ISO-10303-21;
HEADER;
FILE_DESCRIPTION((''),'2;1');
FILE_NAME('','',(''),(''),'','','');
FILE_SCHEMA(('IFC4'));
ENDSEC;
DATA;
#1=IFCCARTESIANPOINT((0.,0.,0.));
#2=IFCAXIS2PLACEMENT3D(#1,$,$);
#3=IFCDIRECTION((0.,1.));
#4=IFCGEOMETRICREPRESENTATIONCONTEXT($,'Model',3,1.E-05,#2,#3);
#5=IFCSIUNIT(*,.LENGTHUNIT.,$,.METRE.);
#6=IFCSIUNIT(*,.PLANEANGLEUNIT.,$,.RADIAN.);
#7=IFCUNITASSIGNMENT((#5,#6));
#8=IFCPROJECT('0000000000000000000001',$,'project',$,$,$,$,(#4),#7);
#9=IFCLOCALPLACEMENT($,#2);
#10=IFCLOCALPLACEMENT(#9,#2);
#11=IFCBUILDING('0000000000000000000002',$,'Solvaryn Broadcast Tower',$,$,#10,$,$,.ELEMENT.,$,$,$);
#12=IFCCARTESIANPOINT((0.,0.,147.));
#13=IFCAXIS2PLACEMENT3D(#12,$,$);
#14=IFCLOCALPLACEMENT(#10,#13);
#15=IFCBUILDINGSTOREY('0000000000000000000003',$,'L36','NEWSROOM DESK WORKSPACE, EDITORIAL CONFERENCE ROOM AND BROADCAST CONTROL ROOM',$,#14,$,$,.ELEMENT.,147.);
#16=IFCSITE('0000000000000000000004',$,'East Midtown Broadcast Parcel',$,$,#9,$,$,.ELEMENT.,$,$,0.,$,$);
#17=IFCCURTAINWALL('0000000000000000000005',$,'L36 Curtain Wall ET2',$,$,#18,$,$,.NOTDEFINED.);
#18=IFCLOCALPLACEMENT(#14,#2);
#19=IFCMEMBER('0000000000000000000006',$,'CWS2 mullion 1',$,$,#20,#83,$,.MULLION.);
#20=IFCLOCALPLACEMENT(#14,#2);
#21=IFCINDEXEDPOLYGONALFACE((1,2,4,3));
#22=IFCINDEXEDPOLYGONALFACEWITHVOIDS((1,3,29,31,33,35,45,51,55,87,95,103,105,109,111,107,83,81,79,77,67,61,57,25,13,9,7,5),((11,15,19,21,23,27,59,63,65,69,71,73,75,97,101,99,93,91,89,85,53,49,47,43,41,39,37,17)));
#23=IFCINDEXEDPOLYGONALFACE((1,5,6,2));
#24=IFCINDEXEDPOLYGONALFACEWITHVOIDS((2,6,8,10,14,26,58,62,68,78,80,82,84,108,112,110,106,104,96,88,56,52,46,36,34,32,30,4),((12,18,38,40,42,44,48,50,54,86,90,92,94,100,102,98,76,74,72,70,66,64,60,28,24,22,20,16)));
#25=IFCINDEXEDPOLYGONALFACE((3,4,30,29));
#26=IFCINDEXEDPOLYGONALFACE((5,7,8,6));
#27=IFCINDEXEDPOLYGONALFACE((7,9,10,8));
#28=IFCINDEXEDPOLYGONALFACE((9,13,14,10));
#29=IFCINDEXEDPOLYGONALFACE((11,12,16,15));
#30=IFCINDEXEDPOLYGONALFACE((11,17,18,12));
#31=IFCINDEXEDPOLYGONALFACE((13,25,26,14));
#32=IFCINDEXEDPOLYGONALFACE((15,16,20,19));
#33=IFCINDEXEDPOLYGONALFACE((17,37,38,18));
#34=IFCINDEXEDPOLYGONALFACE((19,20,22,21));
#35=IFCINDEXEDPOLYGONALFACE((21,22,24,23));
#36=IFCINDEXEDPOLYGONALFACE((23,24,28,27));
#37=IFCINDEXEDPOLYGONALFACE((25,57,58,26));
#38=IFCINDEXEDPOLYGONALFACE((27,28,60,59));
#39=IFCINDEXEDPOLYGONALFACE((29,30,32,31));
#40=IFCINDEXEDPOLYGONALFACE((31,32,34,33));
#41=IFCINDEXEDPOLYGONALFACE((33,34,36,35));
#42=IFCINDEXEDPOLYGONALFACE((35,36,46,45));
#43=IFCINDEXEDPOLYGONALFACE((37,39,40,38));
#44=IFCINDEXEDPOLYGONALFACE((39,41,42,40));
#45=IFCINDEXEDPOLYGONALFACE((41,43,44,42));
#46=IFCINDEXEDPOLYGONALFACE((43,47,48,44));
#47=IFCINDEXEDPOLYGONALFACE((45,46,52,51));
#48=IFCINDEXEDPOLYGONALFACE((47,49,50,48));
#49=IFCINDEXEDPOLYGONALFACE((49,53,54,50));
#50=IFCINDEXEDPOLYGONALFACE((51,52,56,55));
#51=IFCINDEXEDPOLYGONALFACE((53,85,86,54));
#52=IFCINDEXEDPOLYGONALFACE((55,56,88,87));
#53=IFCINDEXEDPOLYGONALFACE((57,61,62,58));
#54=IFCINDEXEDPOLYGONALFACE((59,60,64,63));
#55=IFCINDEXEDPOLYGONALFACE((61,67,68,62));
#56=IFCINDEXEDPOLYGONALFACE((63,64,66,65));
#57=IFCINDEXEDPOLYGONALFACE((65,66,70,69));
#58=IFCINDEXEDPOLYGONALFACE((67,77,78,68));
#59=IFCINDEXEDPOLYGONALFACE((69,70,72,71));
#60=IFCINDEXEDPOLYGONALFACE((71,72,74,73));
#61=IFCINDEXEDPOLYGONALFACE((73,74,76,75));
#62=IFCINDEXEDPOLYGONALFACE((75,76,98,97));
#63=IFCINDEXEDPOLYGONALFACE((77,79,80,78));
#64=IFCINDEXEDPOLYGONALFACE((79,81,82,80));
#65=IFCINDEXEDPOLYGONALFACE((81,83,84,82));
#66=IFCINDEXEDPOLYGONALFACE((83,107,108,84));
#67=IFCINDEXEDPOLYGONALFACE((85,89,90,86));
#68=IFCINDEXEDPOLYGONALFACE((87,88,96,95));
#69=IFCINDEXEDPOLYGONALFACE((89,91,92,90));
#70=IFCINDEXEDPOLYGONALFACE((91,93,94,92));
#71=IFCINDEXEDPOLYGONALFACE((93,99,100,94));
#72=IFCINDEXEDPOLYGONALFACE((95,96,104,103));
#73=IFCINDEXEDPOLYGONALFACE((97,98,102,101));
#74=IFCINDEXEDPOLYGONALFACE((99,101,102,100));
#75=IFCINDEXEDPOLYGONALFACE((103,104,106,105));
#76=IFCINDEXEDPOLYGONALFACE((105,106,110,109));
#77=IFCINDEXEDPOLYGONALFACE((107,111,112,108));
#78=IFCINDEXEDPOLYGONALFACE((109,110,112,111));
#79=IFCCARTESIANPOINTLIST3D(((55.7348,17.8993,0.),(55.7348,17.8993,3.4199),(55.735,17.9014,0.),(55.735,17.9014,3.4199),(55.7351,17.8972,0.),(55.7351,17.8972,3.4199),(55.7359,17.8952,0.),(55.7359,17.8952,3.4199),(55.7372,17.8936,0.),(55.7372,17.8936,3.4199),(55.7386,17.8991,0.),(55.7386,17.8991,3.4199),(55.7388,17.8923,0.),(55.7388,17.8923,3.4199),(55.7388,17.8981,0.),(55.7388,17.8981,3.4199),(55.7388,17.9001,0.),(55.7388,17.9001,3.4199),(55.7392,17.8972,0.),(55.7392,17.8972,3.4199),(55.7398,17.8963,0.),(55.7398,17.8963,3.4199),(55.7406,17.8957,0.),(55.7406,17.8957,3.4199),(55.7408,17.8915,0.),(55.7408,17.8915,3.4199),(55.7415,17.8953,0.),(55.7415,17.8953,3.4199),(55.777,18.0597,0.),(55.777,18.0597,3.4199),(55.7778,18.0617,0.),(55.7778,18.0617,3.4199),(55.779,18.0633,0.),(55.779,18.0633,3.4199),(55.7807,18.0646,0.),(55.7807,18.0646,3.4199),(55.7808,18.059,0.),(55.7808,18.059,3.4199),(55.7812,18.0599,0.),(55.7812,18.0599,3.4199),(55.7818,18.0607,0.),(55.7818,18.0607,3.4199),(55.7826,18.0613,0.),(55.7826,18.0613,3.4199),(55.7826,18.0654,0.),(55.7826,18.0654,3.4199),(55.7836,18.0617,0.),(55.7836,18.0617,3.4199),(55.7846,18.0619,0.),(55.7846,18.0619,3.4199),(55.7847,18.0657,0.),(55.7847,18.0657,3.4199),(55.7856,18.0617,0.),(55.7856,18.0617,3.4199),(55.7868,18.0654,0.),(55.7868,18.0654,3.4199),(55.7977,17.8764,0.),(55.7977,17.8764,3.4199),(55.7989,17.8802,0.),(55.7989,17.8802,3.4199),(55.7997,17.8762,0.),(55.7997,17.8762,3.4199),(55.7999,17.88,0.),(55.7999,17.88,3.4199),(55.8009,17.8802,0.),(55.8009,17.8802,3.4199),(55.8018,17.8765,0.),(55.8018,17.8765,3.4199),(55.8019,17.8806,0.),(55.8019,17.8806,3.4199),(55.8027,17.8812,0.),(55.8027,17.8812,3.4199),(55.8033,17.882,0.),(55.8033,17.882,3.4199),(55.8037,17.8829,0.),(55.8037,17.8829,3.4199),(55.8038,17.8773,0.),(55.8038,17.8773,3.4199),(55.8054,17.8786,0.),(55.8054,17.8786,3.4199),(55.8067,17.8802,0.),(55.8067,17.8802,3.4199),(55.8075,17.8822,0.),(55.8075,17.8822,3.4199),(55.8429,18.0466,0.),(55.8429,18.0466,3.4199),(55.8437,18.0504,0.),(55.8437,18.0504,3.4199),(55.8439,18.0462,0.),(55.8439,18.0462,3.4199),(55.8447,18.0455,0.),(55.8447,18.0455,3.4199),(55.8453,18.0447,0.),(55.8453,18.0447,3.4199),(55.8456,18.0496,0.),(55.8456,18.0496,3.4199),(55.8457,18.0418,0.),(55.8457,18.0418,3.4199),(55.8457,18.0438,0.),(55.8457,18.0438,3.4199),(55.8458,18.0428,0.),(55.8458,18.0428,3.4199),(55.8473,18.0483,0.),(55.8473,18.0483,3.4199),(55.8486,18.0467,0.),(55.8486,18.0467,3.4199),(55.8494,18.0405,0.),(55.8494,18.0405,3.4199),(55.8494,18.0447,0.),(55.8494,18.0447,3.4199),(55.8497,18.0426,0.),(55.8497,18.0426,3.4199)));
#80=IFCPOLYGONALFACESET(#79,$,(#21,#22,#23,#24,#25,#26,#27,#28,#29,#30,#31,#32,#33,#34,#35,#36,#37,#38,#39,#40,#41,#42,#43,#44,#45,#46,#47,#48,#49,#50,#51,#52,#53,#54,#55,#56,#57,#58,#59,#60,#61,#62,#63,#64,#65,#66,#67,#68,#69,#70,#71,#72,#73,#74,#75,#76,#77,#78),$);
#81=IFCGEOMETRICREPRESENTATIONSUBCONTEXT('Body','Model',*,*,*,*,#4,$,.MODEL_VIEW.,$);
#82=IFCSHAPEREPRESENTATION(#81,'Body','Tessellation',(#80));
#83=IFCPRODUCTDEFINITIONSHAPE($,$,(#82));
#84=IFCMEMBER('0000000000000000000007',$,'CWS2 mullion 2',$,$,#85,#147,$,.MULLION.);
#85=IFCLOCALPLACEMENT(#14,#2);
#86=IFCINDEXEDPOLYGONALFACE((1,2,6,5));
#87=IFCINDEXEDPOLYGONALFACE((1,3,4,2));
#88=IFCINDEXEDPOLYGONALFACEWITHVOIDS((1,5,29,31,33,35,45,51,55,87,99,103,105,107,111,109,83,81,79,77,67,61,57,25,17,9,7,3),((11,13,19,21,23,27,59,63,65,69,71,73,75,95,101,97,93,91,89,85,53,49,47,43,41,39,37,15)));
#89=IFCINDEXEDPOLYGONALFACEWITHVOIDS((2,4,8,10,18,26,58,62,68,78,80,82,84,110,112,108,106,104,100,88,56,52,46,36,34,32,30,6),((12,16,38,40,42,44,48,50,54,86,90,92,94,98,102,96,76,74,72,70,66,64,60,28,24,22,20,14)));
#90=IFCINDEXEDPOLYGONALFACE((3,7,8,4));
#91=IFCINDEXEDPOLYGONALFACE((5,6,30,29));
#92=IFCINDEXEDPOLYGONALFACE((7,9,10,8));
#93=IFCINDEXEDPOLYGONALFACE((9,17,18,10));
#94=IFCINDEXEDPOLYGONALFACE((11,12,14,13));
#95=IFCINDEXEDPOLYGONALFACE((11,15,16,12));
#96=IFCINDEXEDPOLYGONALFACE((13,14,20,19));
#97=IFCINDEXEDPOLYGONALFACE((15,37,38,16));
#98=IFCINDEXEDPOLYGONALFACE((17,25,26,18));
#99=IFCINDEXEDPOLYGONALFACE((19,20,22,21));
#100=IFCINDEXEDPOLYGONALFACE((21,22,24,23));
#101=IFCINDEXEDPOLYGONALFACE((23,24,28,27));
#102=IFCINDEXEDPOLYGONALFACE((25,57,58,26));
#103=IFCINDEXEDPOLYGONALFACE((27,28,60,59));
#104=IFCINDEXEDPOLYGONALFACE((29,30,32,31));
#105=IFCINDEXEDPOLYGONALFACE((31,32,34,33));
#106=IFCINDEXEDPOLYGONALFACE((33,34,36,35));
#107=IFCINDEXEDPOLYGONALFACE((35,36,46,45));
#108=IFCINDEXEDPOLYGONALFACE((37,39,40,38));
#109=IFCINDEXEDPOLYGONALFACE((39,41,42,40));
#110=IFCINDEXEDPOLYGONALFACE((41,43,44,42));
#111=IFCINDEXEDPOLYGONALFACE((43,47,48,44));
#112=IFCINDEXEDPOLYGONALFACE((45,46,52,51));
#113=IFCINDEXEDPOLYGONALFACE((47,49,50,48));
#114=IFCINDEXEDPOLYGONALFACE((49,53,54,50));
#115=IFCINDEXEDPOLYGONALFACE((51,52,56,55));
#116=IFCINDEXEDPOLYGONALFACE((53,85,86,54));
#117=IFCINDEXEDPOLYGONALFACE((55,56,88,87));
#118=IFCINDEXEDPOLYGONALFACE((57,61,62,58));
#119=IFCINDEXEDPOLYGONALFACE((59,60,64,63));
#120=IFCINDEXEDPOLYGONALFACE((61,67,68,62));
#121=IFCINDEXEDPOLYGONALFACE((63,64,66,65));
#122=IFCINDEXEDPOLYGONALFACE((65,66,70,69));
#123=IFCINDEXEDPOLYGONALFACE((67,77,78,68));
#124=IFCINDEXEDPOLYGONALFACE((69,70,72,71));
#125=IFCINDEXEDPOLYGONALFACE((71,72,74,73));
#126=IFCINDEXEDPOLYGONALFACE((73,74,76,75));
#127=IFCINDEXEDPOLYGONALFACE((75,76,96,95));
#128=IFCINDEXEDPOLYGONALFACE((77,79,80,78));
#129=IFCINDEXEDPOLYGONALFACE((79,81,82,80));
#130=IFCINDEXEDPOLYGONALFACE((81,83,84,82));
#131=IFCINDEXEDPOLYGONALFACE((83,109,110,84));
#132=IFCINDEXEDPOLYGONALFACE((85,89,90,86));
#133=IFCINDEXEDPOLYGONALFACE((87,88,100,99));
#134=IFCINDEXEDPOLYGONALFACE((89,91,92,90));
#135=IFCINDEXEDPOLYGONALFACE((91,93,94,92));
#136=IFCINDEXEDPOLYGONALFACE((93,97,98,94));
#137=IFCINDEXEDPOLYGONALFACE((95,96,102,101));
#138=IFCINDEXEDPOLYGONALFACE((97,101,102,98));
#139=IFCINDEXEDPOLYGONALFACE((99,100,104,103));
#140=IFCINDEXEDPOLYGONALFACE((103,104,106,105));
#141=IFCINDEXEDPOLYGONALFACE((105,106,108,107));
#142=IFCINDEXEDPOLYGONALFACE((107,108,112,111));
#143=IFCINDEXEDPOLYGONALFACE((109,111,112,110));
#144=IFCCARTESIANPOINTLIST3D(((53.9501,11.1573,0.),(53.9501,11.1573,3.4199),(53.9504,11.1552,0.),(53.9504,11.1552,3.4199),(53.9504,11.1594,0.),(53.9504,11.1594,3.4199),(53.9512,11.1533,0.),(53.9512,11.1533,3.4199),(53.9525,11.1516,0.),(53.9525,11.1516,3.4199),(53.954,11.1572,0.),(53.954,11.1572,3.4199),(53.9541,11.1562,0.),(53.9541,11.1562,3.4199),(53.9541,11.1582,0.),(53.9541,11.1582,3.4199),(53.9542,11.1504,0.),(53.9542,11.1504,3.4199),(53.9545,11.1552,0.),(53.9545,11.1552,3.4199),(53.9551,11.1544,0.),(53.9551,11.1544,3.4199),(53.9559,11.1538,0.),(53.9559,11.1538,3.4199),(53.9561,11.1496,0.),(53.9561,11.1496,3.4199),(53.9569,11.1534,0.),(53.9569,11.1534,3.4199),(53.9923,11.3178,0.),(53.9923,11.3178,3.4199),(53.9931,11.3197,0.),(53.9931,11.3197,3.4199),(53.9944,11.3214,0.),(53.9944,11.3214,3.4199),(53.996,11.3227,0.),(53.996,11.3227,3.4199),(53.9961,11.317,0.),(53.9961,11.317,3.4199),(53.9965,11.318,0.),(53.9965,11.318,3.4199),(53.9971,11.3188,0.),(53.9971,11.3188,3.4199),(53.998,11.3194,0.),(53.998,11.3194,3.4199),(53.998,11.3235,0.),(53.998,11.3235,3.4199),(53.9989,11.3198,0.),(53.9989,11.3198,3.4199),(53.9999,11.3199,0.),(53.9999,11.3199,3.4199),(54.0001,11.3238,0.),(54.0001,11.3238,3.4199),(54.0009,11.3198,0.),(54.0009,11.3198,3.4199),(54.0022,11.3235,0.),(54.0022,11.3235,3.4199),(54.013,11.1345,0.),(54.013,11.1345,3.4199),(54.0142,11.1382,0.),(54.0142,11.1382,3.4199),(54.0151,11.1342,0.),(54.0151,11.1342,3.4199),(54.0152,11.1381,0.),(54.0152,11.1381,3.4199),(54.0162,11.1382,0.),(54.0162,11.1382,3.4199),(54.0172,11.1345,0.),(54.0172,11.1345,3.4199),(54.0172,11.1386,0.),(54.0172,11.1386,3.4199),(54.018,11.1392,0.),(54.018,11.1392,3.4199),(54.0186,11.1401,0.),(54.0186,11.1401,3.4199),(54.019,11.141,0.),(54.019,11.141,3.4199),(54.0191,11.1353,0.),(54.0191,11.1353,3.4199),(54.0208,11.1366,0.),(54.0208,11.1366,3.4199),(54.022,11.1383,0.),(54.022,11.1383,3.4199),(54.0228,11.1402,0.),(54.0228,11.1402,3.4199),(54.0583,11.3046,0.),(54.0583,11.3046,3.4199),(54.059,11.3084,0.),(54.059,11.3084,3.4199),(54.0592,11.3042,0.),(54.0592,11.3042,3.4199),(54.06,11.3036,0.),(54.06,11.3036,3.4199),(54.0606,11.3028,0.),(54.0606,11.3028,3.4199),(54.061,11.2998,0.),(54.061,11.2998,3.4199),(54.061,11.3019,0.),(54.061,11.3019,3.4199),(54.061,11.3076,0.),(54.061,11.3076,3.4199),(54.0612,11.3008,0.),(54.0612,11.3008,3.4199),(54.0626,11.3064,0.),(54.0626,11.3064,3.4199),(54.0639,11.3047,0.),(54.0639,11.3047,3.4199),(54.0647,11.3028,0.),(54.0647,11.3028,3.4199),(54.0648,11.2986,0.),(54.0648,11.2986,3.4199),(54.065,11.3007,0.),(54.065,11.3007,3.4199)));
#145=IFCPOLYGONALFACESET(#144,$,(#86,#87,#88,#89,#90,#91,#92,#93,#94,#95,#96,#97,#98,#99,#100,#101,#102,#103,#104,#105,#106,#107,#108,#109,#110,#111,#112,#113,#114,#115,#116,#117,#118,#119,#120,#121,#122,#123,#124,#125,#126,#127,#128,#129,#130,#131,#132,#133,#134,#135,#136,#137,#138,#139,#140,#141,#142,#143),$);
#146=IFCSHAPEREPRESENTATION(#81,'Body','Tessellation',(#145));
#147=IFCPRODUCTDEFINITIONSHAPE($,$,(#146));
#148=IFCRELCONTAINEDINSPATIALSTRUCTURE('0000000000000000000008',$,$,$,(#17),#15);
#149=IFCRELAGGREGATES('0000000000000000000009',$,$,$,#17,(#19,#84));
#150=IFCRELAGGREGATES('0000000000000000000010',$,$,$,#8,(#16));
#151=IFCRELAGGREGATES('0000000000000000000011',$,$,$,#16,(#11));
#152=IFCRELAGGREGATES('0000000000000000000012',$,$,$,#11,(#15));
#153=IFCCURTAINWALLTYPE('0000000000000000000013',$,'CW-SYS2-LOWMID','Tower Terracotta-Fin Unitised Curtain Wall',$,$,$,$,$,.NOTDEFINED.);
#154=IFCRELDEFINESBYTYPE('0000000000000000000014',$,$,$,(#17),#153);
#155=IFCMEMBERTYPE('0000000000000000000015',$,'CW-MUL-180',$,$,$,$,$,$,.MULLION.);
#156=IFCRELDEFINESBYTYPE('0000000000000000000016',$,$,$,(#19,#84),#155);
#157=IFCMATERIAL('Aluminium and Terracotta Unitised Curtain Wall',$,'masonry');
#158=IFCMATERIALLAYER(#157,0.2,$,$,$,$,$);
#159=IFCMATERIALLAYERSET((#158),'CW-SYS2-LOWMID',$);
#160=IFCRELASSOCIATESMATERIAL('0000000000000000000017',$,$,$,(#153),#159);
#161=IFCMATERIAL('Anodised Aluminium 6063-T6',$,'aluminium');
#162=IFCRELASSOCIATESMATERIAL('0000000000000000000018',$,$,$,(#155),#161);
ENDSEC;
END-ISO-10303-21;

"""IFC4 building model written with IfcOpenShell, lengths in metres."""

from ifc_helpers import new_model, si_unit, direction, frame, origin, origin_2d, place, context, subcontext, project, spatial, hollow_rectangle, extrude, material, layer, layer_set, material_profile, profile_set, type_object, element, aggregate, save


model = new_model("IFC4")

# Units and contexts
model_context = context("Model", 3, precision=1e-05, world=origin(), true_north=direction((0.0, 1.0)))
body_context = subcontext(model_context, "Body", "Model", "MODEL_VIEW")
ifc_project = project(units=[si_unit("LENGTHUNIT", "METRE"), si_unit("PLANEANGLEUNIT", "RADIAN")], contexts=[model_context])

# Site, building, storey
site_placement = place(None, origin())
site = spatial("IfcSite", under=ifc_project, at=site_placement, Name="East Midtown Broadcast Parcel", CompositionType="ELEMENT", RefElevation=0.0)
building_placement = place(site_placement, origin())
building = spatial("IfcBuilding", under=site, at=building_placement, Name="Solvaryn Broadcast Tower", CompositionType="ELEMENT")
storey_placement = place(building_placement, frame((0.0, 0.0, 147.0)))
storey = spatial("IfcBuildingStorey", under=building, at=storey_placement, Name="L36", Description="NEWSROOM DESK WORKSPACE, EDITORIAL CONFERENCE ROOM AND BROADCAST CONTROL ROOM", CompositionType="ELEMENT", Elevation=147.0)

# Shared definitions
ifc_material_1 = material(Name="Aluminium and Terracotta Unitised Curtain Wall", Category="masonry")
ifc_layer_1 = layer(ifc_material_1, 0.2)
ifc_layer_set_1 = layer_set([ifc_layer_1], Name="CW-SYS2-LOWMID")
curtain_wall_type = type_object("IfcCurtainWallType", Name="CW-SYS2-LOWMID", Description="Tower Terracotta-Fin Unitised Curtain Wall", PredefinedType="NOTDEFINED", material=ifc_layer_set_1)
ifc_material_2 = material(Name="Anodised Aluminium 6063-T6", Category="aluminium")
ifc_material_profile_1 = material_profile(ifc_material_2, hollow_rectangle(XDim=0.075, YDim=0.1799, WallThickness=0.0039, InnerFilletRadius=0.0039, OuterFilletRadius=0.0081, at=origin_2d()))
ifc_profile_set_1 = profile_set([ifc_material_profile_1], Name="Anodised Aluminium 6063-T6")
member_type_1 = type_object("IfcMemberType", Name="CW-MUL-180", PredefinedType="MULLION", material=ifc_profile_set_1)

# Curtain wall, members
curtain_wall_1_placement = place(storey_placement, origin())
curtain_wall_1 = element("IfcCurtainWall", 1, at=curtain_wall_1_placement, inside=storey, type_object=curtain_wall_type, Name="L36 Curtain Wall ET2", PredefinedType="NOTDEFINED")
member_1_placement = place(storey_placement, frame((55.7922, 17.9709, 0.0), z_axis=(0.0, 0.0, 1.0), x_axis=(0.966705, -0.255893, 0.0)))
member_1 = element("IfcMember", 2, at=member_1_placement, type_object=member_type_1, Name="CWS2 mullion 1", PredefinedType="MULLION", context=body_context, shape_type="SweptSolid", body=[
    extrude(hollow_rectangle(XDim=0.075, YDim=0.1799, WallThickness=0.0039, InnerFilletRadius=0.0039, OuterFilletRadius=0.0081, at=origin_2d()), origin(), (0.0, 0.0, 1.0), 3.4199),
])
member_2_placement = place(storey_placement, frame((54.0076, 11.229, 0.0), z_axis=(0.0, 0.0, 1.0), x_axis=(0.966705, -0.255893, 0.0)))
member_2 = element("IfcMember", 3, at=member_2_placement, type_object=member_type_1, Name="CWS2 mullion 2", PredefinedType="MULLION", context=body_context, shape_type="SweptSolid", body=[
    extrude(hollow_rectangle(XDim=0.075, YDim=0.1799, WallThickness=0.0039, InnerFilletRadius=0.0039, OuterFilletRadius=0.0081, at=origin_2d()), origin(), (0.0, 0.0, 1.0), 3.4199),
])

aggregate(curtain_wall_1, [member_1, member_2])

save(model, "model.ifc")
